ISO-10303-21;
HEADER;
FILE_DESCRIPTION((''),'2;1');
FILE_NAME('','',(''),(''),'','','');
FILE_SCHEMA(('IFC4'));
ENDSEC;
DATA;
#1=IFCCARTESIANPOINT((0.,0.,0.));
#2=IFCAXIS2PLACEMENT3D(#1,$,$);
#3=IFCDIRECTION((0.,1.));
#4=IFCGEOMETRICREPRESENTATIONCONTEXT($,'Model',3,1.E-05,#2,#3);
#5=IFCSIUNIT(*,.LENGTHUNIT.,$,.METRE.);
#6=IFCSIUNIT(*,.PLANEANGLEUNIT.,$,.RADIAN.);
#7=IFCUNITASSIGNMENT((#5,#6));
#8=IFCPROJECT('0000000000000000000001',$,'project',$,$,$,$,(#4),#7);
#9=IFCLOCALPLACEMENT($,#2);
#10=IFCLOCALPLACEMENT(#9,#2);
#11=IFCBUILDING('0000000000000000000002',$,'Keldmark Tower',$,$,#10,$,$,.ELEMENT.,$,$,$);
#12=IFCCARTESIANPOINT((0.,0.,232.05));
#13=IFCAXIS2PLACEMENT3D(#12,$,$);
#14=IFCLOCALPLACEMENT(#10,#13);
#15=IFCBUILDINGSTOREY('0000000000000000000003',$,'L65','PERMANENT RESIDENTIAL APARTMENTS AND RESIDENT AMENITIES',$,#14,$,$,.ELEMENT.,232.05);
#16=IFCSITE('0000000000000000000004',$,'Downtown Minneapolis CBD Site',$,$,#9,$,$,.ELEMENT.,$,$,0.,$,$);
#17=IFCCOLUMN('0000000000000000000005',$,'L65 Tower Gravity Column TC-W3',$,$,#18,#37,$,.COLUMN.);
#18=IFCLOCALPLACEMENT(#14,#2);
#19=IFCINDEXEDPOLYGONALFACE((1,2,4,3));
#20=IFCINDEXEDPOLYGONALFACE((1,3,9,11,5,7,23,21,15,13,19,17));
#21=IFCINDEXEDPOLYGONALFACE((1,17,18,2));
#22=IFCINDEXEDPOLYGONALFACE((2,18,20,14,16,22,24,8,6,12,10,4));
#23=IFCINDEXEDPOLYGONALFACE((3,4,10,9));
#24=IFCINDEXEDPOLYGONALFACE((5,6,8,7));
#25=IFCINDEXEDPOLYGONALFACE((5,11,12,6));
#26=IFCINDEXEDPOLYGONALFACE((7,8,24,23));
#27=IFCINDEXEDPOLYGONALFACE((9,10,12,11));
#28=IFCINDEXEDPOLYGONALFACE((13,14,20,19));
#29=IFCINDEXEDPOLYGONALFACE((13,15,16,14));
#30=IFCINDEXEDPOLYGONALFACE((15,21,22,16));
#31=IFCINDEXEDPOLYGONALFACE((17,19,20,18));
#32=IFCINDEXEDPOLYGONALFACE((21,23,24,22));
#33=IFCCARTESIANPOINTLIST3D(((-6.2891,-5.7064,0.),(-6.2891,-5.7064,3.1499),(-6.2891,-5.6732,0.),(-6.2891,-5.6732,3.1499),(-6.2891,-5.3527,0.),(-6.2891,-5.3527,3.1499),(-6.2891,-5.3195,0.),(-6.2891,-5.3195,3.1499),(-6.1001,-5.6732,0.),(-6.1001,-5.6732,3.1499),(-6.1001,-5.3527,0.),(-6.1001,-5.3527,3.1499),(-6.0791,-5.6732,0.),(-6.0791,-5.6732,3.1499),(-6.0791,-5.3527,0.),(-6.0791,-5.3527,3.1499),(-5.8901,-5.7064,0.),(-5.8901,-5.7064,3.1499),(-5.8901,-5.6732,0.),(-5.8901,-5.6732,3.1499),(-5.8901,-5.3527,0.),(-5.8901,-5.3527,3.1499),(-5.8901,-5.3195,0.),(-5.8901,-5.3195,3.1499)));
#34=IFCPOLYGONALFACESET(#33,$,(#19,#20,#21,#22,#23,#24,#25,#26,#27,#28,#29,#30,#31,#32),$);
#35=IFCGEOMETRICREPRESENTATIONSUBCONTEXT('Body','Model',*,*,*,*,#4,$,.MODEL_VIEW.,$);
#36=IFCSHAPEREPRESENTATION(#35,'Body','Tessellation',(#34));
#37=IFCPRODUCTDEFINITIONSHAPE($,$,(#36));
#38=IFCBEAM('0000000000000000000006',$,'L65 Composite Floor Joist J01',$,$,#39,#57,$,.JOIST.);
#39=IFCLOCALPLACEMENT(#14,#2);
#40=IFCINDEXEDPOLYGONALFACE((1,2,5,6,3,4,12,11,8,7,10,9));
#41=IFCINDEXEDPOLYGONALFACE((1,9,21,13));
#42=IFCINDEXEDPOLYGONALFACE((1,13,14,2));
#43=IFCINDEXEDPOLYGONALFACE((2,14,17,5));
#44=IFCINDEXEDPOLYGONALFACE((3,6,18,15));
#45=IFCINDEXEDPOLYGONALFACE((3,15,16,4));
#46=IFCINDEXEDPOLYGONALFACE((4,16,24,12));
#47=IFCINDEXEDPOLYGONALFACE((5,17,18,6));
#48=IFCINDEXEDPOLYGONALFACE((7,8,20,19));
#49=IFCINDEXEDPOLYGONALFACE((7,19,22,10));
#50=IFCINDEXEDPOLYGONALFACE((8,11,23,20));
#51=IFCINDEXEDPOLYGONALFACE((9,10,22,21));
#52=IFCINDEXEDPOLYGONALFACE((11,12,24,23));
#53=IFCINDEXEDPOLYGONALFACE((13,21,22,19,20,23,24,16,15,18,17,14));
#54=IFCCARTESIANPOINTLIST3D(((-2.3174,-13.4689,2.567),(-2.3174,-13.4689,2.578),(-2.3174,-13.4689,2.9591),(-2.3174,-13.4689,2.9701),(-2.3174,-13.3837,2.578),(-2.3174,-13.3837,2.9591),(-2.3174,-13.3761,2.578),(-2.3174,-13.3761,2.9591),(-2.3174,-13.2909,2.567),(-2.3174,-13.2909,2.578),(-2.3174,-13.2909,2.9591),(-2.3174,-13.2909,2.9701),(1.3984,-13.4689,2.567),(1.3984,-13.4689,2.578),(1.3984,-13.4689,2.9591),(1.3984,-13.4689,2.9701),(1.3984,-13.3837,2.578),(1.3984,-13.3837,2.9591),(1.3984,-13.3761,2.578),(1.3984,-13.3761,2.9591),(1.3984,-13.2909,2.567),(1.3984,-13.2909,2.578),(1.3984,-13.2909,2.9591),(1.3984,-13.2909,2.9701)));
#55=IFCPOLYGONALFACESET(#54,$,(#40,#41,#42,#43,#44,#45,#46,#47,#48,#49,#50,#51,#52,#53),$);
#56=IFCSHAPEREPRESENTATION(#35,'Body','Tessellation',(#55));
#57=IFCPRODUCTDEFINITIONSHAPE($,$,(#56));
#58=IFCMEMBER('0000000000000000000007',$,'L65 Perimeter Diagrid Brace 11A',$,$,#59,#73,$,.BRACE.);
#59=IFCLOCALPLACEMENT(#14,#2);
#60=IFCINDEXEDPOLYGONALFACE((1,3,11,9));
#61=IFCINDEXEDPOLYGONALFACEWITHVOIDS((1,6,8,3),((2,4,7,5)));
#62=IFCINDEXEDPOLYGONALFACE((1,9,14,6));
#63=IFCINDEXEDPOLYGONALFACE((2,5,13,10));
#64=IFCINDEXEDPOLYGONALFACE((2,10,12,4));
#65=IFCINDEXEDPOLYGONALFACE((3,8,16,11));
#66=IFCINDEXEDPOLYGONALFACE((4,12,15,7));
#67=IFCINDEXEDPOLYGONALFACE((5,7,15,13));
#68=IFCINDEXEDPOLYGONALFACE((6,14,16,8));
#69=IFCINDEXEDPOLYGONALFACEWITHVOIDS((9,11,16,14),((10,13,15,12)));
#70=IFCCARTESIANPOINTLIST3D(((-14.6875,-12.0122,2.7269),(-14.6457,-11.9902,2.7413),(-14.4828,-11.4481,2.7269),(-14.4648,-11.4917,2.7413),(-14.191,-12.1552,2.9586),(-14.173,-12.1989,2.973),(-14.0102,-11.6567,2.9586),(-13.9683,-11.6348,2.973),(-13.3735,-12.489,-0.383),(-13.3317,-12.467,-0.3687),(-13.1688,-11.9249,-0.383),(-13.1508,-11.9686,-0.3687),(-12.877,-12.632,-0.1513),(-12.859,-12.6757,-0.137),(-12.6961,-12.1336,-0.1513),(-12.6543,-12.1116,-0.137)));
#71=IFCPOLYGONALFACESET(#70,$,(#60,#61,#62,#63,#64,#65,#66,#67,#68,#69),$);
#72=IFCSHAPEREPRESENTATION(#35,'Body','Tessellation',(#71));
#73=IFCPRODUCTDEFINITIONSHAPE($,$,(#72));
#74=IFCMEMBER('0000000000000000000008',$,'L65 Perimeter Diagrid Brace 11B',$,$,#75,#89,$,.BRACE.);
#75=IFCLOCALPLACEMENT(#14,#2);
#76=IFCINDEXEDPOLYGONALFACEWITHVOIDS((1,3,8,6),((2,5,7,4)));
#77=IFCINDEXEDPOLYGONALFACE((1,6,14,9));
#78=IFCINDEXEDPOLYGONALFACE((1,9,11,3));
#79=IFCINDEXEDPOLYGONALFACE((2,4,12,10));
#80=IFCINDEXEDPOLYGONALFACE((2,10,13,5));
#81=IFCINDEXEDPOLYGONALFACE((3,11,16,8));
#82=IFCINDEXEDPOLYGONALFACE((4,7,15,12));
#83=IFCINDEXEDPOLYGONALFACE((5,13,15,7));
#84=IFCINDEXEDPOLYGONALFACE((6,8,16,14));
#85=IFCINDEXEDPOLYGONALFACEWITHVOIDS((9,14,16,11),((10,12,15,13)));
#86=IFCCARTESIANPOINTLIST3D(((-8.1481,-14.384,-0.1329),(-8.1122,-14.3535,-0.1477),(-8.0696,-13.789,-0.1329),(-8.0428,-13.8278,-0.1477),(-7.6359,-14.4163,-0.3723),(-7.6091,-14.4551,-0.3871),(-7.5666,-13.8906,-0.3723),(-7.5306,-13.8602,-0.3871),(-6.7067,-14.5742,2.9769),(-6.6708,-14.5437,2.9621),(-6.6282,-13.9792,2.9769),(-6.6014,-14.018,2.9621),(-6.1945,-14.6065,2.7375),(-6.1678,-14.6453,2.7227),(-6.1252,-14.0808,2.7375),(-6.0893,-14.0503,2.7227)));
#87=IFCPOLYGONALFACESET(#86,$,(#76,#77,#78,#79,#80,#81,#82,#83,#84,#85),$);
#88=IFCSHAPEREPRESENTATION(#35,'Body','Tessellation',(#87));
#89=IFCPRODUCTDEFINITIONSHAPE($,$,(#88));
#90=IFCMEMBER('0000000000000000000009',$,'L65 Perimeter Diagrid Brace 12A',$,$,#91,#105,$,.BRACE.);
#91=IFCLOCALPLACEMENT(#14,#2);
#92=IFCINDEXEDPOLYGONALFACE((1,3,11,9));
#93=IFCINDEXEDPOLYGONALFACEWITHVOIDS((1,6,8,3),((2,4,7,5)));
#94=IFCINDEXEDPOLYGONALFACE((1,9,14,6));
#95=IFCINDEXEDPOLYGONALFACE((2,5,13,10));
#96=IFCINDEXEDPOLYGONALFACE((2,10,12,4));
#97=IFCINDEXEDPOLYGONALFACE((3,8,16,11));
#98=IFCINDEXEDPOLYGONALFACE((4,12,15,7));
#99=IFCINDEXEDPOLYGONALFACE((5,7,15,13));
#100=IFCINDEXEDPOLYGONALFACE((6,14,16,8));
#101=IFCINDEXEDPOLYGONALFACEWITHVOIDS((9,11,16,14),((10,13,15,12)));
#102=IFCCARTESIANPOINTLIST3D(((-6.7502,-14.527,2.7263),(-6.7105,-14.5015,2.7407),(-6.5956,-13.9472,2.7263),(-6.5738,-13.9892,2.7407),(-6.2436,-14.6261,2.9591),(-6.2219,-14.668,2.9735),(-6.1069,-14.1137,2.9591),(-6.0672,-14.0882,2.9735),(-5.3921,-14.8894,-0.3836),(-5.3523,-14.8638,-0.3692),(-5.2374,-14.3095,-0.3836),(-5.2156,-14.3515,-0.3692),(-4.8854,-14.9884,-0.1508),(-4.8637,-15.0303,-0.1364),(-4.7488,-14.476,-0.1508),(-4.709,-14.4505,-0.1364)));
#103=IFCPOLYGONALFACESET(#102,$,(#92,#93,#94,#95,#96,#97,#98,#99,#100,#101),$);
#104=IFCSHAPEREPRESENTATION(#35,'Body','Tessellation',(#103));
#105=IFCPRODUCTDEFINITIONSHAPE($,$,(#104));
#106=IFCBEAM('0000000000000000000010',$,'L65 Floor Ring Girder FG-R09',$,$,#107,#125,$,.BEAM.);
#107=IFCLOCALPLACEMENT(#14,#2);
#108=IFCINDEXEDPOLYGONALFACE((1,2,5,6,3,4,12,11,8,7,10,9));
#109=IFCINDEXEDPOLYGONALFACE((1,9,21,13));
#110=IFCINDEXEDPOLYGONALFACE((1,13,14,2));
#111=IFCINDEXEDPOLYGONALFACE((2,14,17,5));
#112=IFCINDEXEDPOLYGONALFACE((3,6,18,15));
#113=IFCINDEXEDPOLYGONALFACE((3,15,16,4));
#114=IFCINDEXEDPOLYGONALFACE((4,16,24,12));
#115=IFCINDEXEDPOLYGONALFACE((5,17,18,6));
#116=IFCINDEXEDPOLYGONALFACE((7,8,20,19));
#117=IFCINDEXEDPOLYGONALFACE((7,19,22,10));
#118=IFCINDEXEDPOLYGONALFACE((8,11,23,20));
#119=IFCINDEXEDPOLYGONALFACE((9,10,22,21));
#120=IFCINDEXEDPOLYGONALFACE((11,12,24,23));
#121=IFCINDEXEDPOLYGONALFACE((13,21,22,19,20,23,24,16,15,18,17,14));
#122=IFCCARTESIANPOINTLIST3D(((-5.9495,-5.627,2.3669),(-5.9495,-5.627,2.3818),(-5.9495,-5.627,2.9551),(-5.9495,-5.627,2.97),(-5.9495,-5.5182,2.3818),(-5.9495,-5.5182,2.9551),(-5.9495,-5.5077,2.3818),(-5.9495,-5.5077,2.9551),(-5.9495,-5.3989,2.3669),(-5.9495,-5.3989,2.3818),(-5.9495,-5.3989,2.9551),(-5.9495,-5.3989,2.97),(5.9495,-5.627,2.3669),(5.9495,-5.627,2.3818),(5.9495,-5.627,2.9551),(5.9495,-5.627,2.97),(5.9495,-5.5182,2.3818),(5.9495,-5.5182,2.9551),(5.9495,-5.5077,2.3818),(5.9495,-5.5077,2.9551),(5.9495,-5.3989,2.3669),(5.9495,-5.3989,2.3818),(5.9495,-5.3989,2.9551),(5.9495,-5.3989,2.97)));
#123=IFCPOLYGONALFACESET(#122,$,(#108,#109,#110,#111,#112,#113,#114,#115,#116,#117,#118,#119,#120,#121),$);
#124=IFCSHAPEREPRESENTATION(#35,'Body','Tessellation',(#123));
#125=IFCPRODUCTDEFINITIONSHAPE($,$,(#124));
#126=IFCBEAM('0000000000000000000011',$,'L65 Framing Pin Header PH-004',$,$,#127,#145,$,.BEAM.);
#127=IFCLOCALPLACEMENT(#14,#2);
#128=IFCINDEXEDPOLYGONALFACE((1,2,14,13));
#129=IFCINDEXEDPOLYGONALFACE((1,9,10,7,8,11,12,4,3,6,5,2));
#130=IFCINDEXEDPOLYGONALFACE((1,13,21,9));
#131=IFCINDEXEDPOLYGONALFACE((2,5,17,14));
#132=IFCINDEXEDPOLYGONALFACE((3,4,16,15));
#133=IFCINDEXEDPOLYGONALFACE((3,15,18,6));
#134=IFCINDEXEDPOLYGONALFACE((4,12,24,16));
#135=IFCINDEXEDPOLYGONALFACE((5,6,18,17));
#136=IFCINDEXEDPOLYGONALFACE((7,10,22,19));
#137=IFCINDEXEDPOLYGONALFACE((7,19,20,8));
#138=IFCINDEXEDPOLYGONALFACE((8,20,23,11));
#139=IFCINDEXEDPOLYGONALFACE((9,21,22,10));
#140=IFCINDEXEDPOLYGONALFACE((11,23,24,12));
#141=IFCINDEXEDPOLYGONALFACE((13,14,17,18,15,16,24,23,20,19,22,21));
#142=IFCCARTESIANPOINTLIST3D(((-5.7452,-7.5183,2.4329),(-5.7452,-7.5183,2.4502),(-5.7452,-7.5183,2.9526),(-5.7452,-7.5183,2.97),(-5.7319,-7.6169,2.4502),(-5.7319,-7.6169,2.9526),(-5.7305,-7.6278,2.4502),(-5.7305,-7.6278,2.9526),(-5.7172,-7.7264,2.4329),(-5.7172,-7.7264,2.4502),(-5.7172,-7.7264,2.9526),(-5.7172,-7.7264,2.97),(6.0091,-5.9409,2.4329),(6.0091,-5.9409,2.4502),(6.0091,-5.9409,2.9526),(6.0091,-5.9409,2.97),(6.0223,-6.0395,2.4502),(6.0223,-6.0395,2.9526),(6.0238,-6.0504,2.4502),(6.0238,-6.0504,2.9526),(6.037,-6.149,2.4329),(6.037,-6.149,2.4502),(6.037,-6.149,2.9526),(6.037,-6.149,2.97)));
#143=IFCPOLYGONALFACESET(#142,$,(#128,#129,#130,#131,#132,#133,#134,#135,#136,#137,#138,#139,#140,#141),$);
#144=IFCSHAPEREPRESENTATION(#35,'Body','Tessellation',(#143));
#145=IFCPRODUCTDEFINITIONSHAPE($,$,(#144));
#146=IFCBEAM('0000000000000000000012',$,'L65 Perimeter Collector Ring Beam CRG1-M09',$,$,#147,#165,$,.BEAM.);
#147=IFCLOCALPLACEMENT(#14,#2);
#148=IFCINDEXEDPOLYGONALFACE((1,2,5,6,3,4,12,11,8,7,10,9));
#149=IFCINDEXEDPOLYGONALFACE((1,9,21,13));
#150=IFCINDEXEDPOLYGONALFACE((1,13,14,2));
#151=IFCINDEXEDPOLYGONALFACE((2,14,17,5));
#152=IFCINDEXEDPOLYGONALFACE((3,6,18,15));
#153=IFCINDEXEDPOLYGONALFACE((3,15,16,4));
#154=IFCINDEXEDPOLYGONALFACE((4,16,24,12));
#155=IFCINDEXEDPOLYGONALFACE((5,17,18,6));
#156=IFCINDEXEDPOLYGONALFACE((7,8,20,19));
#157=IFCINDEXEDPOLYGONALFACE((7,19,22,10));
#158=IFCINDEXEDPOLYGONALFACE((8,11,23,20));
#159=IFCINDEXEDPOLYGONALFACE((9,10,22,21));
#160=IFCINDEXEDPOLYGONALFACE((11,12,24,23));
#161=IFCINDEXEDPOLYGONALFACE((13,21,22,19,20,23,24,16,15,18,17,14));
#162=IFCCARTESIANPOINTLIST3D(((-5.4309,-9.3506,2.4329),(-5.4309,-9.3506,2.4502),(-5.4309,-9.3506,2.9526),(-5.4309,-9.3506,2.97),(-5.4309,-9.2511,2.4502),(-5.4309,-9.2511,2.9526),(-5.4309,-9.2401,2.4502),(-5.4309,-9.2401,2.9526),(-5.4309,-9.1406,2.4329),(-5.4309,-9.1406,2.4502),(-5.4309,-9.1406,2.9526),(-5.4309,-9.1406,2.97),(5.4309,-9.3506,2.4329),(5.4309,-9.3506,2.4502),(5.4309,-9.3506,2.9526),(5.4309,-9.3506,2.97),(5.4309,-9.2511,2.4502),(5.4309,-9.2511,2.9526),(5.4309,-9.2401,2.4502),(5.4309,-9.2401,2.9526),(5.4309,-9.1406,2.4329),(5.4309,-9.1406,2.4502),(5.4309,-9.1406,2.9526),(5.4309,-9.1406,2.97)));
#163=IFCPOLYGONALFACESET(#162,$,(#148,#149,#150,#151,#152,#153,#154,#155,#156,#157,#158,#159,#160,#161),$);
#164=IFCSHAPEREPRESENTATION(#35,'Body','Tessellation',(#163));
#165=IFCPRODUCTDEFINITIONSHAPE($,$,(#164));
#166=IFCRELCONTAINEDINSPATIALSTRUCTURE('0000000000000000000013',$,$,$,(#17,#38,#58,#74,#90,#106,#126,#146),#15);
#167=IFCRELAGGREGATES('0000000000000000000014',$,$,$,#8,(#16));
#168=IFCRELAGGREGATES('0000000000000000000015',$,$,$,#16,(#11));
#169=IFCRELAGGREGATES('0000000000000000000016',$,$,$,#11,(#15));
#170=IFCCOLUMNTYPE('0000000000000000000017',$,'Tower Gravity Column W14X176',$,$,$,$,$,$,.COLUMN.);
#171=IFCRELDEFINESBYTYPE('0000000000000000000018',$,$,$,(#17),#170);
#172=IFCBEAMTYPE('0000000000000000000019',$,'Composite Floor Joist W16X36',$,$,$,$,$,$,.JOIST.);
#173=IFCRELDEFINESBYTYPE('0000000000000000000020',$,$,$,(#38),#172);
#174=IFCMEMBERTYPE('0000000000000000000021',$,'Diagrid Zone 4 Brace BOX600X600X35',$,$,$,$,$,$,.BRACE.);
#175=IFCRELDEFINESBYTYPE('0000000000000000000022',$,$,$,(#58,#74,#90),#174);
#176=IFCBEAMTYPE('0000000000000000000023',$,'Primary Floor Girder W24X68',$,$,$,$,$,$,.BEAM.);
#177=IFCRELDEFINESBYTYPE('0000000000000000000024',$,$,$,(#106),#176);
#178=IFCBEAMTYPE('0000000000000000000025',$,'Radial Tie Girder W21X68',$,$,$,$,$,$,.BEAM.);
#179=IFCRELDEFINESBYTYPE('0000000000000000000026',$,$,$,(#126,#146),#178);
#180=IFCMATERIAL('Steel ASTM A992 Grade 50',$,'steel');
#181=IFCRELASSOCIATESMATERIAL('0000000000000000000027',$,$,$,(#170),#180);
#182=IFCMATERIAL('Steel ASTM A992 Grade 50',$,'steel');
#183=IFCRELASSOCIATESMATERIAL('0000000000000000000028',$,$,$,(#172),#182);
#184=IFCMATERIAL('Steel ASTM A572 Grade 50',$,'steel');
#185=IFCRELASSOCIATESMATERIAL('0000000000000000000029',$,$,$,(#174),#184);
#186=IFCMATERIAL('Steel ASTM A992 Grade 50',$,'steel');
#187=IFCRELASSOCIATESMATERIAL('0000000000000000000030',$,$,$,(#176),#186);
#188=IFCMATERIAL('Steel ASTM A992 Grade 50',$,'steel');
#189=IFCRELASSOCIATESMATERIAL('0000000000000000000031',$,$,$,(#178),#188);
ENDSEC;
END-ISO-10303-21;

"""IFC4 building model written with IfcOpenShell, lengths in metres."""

from ifc_helpers import new_model, si_unit, direction, frame, origin, origin_2d, place, context, subcontext, project, spatial, hollow_rectangle, i_section, extrude, material, material_profile, profile_set, type_object, element, save


model = new_model("IFC4")

# Units and contexts
model_context = context("Model", 3, precision=1e-05, world=origin(), true_north=direction((0.0, 1.0)))
body_context = subcontext(model_context, "Body", "Model", "MODEL_VIEW")
ifc_project = project(units=[si_unit("LENGTHUNIT", "METRE"), si_unit("PLANEANGLEUNIT", "RADIAN")], contexts=[model_context])

# Site, building, storey
site_placement = place(None, origin())
site = spatial("IfcSite", under=ifc_project, at=site_placement, Name="Downtown Minneapolis CBD Site", CompositionType="ELEMENT", RefElevation=0.0)
building_placement = place(site_placement, origin())
building = spatial("IfcBuilding", under=site, at=building_placement, Name="Keldmark Tower", CompositionType="ELEMENT")
storey_placement = place(building_placement, frame((0.0, 0.0, 232.05)))
storey = spatial("IfcBuildingStorey", under=building, at=storey_placement, Name="L65", Description="PERMANENT RESIDENTIAL APARTMENTS AND RESIDENT AMENITIES", CompositionType="ELEMENT", Elevation=232.05)

# Column
ifc_material_1 = material(Name="Steel ASTM A992 Grade 50", Category="steel")
ifc_material_profile_1 = material_profile(ifc_material_1, i_section(OverallWidth=0.3989, OverallDepth=0.387, WebThickness=0.021, FlangeThickness=0.0332, at=origin_2d()), Name="W14X176")
ifc_profile_set_1 = profile_set([ifc_material_profile_1], Name="Steel ASTM A992 Grade 50")
column_type = type_object("IfcColumnType", Name="Tower Gravity Column W14X176", PredefinedType="COLUMN", material=ifc_profile_set_1)
column_placement = place(storey_placement, frame((-6.0896, -5.5129, 0.0), z_axis=(0.0, 0.0, 1.0), x_axis=(1.0, 0.0, 0.0)))
element("IfcColumn", 1, at=column_placement, inside=storey, type_object=column_type, Name="L65 Tower Gravity Column TC-W3", PredefinedType="COLUMN", context=body_context, shape_type="SweptSolid", body=[
    extrude(i_section(OverallWidth=0.3989, OverallDepth=0.387, WebThickness=0.021, FlangeThickness=0.0332, at=origin_2d()), origin(), (0.0, 0.0, 1.0), 3.1499),
])

# Beam
ifc_material_2 = material(Name="Steel ASTM A992 Grade 50", Category="steel")
ifc_material_profile_2 = material_profile(ifc_material_2, i_section(OverallWidth=0.178, OverallDepth=0.4031, WebThickness=0.0076, FlangeThickness=0.011, at=origin_2d()), Name="W16X36")
ifc_profile_set_2 = profile_set([ifc_material_profile_2], Name="Steel ASTM A992 Grade 50")
beam_type_1 = type_object("IfcBeamType", Name="Composite Floor Joist W16X36", PredefinedType="JOIST", material=ifc_profile_set_2)
beam_1_placement = place(storey_placement, frame((-2.3174, -13.3799, 2.7686), z_axis=(1.0, 0.0, 0.0), x_axis=(0.0, 1.0, 0.0)))
element("IfcBeam", 2, at=beam_1_placement, inside=storey, type_object=beam_type_1, Name="L65 Composite Floor Joist J01", PredefinedType="JOIST", context=body_context, shape_type="SweptSolid", body=[
    extrude(i_section(OverallWidth=0.178, OverallDepth=0.4031, WebThickness=0.0076, FlangeThickness=0.011, at=origin_2d()), origin(), (0.0, 0.0, 1.0), 3.7158),
])

# Members
ifc_material_3 = material(Name="Steel ASTM A572 Grade 50", Category="steel")
ifc_material_profile_3 = material_profile(ifc_material_3, hollow_rectangle(XDim=0.6001, YDim=0.6001, WallThickness=0.0349, at=origin_2d()), Name="BOX600X600X35")
ifc_profile_set_3 = profile_set([ifc_material_profile_3], Name="Steel ASTM A572 Grade 50")
member_type = type_object("IfcMemberType", Name="Diagrid Zone 4 Brace BOX600X600X35", PredefinedType="BRACE", material=ifc_profile_set_3)
member_1_placement = place(storey_placement, frame((-13.0139, -12.3003, -0.26), z_axis=(-0.385377, 0.139844, 0.912101), x_axis=(-0.341112, -0.940023, 0.0)))
element("IfcMember", 3, at=member_1_placement, inside=storey, type_object=member_type, Name="L65 Perimeter Diagrid Brace 11A", PredefinedType="BRACE", context=body_context, shape_type="SweptSolid", body=[
    extrude(hollow_rectangle(XDim=0.6001, YDim=0.6001, WallThickness=0.0349, at=origin_2d()), origin(), (0.0, 0.0, 1.0), 3.4097),
])
member_2_placement = place(storey_placement, frame((-7.8394, -14.1221, -0.26), z_axis=(0.419875, -0.0554, 0.905889), x_axis=(0.130811, 0.991407, 0.0)))
element("IfcMember", 4, at=member_2_placement, inside=storey, type_object=member_type, Name="L65 Perimeter Diagrid Brace 11B", PredefinedType="BRACE", context=body_context, shape_type="SweptSolid", body=[
    extrude(hollow_rectangle(XDim=0.6001, YDim=0.6001, WallThickness=0.0349, at=origin_2d()), origin(), (0.0, 0.0, 1.0), 3.4329),
])
member_3_placement = place(storey_placement, frame((-5.0505, -14.6699, -0.26), z_axis=(-0.397961, 0.106161, 0.911239), x_axis=(-0.257749, -0.966212, 0.0)))
element("IfcMember", 5, at=member_3_placement, inside=storey, type_object=member_type, Name="L65 Perimeter Diagrid Brace 12A", PredefinedType="BRACE", context=body_context, shape_type="SweptSolid", body=[
    extrude(hollow_rectangle(XDim=0.6001, YDim=0.6001, WallThickness=0.0349, at=origin_2d()), origin(), (0.0, 0.0, 1.0), 3.4128),
])

# Beams
ifc_material_4 = material(Name="Steel ASTM A992 Grade 50", Category="steel")
ifc_material_profile_4 = material_profile(ifc_material_4, i_section(OverallWidth=0.228, OverallDepth=0.603, WebThickness=0.0105, FlangeThickness=0.0149, at=origin_2d()), Name="W24X68")
ifc_profile_set_4 = profile_set([ifc_material_profile_4], Name="Steel ASTM A992 Grade 50")
beam_type_2 = type_object("IfcBeamType", Name="Primary Floor Girder W24X68", PredefinedType="BEAM", material=ifc_profile_set_4)
beam_2_placement = place(storey_placement, frame((-5.9495, -5.5129, 2.6685), z_axis=(1.0, 0.0, 0.0), x_axis=(0.0, 1.0, 0.0)))
element("IfcBeam", 6, at=beam_2_placement, inside=storey, type_object=beam_type_2, Name="L65 Floor Ring Girder FG-R09", PredefinedType="BEAM", context=body_context, shape_type="SweptSolid", body=[
    extrude(i_section(OverallWidth=0.228, OverallDepth=0.603, WebThickness=0.0105, FlangeThickness=0.0149, at=origin_2d()), origin(), (0.0, 0.0, 1.0), 11.8989),
])
ifc_material_5 = material(Name="Steel ASTM A992 Grade 50", Category="steel")
ifc_material_profile_5 = material_profile(ifc_material_5, i_section(OverallWidth=0.21, OverallDepth=0.5371, WebThickness=0.011, FlangeThickness=0.0173, at=origin_2d()), Name="W21X68")
ifc_profile_set_5 = profile_set([ifc_material_profile_5], Name="Steel ASTM A992 Grade 50")
beam_type_3 = type_object("IfcBeamType", Name="Radial Tie Girder W21X68", PredefinedType="BEAM", material=ifc_profile_set_5)
beam_3_placement = place(storey_placement, frame((-5.7312, -7.6223, 2.7014), z_axis=(0.991115, 0.133006, 0.0), x_axis=(-0.133006, 0.991115, 0.0)))
element("IfcBeam", 7, at=beam_3_placement, inside=storey, type_object=beam_type_3, Name="L65 Framing Pin Header PH-004", PredefinedType="BEAM", context=body_context, shape_type="SweptSolid", body=[
    extrude(i_section(OverallWidth=0.21, OverallDepth=0.5371, WebThickness=0.011, FlangeThickness=0.0173, at=origin_2d()), origin(), (0.0, 0.0, 1.0), 11.8596),
])
beam_4_placement = place(storey_placement, frame((-5.4309, -9.2456, 2.7014), z_axis=(1.0, 0.0, 0.0), x_axis=(0.0, 1.0, 0.0)))
element("IfcBeam", 8, at=beam_4_placement, inside=storey, type_object=beam_type_3, Name="L65 Perimeter Collector Ring Beam CRG1-M09", PredefinedType="BEAM", context=body_context, shape_type="SweptSolid", body=[
    extrude(i_section(OverallWidth=0.21, OverallDepth=0.5371, WebThickness=0.011, FlangeThickness=0.0173, at=origin_2d()), origin(), (0.0, 0.0, 1.0), 10.8618),
])

save(model, "model.ifc")
